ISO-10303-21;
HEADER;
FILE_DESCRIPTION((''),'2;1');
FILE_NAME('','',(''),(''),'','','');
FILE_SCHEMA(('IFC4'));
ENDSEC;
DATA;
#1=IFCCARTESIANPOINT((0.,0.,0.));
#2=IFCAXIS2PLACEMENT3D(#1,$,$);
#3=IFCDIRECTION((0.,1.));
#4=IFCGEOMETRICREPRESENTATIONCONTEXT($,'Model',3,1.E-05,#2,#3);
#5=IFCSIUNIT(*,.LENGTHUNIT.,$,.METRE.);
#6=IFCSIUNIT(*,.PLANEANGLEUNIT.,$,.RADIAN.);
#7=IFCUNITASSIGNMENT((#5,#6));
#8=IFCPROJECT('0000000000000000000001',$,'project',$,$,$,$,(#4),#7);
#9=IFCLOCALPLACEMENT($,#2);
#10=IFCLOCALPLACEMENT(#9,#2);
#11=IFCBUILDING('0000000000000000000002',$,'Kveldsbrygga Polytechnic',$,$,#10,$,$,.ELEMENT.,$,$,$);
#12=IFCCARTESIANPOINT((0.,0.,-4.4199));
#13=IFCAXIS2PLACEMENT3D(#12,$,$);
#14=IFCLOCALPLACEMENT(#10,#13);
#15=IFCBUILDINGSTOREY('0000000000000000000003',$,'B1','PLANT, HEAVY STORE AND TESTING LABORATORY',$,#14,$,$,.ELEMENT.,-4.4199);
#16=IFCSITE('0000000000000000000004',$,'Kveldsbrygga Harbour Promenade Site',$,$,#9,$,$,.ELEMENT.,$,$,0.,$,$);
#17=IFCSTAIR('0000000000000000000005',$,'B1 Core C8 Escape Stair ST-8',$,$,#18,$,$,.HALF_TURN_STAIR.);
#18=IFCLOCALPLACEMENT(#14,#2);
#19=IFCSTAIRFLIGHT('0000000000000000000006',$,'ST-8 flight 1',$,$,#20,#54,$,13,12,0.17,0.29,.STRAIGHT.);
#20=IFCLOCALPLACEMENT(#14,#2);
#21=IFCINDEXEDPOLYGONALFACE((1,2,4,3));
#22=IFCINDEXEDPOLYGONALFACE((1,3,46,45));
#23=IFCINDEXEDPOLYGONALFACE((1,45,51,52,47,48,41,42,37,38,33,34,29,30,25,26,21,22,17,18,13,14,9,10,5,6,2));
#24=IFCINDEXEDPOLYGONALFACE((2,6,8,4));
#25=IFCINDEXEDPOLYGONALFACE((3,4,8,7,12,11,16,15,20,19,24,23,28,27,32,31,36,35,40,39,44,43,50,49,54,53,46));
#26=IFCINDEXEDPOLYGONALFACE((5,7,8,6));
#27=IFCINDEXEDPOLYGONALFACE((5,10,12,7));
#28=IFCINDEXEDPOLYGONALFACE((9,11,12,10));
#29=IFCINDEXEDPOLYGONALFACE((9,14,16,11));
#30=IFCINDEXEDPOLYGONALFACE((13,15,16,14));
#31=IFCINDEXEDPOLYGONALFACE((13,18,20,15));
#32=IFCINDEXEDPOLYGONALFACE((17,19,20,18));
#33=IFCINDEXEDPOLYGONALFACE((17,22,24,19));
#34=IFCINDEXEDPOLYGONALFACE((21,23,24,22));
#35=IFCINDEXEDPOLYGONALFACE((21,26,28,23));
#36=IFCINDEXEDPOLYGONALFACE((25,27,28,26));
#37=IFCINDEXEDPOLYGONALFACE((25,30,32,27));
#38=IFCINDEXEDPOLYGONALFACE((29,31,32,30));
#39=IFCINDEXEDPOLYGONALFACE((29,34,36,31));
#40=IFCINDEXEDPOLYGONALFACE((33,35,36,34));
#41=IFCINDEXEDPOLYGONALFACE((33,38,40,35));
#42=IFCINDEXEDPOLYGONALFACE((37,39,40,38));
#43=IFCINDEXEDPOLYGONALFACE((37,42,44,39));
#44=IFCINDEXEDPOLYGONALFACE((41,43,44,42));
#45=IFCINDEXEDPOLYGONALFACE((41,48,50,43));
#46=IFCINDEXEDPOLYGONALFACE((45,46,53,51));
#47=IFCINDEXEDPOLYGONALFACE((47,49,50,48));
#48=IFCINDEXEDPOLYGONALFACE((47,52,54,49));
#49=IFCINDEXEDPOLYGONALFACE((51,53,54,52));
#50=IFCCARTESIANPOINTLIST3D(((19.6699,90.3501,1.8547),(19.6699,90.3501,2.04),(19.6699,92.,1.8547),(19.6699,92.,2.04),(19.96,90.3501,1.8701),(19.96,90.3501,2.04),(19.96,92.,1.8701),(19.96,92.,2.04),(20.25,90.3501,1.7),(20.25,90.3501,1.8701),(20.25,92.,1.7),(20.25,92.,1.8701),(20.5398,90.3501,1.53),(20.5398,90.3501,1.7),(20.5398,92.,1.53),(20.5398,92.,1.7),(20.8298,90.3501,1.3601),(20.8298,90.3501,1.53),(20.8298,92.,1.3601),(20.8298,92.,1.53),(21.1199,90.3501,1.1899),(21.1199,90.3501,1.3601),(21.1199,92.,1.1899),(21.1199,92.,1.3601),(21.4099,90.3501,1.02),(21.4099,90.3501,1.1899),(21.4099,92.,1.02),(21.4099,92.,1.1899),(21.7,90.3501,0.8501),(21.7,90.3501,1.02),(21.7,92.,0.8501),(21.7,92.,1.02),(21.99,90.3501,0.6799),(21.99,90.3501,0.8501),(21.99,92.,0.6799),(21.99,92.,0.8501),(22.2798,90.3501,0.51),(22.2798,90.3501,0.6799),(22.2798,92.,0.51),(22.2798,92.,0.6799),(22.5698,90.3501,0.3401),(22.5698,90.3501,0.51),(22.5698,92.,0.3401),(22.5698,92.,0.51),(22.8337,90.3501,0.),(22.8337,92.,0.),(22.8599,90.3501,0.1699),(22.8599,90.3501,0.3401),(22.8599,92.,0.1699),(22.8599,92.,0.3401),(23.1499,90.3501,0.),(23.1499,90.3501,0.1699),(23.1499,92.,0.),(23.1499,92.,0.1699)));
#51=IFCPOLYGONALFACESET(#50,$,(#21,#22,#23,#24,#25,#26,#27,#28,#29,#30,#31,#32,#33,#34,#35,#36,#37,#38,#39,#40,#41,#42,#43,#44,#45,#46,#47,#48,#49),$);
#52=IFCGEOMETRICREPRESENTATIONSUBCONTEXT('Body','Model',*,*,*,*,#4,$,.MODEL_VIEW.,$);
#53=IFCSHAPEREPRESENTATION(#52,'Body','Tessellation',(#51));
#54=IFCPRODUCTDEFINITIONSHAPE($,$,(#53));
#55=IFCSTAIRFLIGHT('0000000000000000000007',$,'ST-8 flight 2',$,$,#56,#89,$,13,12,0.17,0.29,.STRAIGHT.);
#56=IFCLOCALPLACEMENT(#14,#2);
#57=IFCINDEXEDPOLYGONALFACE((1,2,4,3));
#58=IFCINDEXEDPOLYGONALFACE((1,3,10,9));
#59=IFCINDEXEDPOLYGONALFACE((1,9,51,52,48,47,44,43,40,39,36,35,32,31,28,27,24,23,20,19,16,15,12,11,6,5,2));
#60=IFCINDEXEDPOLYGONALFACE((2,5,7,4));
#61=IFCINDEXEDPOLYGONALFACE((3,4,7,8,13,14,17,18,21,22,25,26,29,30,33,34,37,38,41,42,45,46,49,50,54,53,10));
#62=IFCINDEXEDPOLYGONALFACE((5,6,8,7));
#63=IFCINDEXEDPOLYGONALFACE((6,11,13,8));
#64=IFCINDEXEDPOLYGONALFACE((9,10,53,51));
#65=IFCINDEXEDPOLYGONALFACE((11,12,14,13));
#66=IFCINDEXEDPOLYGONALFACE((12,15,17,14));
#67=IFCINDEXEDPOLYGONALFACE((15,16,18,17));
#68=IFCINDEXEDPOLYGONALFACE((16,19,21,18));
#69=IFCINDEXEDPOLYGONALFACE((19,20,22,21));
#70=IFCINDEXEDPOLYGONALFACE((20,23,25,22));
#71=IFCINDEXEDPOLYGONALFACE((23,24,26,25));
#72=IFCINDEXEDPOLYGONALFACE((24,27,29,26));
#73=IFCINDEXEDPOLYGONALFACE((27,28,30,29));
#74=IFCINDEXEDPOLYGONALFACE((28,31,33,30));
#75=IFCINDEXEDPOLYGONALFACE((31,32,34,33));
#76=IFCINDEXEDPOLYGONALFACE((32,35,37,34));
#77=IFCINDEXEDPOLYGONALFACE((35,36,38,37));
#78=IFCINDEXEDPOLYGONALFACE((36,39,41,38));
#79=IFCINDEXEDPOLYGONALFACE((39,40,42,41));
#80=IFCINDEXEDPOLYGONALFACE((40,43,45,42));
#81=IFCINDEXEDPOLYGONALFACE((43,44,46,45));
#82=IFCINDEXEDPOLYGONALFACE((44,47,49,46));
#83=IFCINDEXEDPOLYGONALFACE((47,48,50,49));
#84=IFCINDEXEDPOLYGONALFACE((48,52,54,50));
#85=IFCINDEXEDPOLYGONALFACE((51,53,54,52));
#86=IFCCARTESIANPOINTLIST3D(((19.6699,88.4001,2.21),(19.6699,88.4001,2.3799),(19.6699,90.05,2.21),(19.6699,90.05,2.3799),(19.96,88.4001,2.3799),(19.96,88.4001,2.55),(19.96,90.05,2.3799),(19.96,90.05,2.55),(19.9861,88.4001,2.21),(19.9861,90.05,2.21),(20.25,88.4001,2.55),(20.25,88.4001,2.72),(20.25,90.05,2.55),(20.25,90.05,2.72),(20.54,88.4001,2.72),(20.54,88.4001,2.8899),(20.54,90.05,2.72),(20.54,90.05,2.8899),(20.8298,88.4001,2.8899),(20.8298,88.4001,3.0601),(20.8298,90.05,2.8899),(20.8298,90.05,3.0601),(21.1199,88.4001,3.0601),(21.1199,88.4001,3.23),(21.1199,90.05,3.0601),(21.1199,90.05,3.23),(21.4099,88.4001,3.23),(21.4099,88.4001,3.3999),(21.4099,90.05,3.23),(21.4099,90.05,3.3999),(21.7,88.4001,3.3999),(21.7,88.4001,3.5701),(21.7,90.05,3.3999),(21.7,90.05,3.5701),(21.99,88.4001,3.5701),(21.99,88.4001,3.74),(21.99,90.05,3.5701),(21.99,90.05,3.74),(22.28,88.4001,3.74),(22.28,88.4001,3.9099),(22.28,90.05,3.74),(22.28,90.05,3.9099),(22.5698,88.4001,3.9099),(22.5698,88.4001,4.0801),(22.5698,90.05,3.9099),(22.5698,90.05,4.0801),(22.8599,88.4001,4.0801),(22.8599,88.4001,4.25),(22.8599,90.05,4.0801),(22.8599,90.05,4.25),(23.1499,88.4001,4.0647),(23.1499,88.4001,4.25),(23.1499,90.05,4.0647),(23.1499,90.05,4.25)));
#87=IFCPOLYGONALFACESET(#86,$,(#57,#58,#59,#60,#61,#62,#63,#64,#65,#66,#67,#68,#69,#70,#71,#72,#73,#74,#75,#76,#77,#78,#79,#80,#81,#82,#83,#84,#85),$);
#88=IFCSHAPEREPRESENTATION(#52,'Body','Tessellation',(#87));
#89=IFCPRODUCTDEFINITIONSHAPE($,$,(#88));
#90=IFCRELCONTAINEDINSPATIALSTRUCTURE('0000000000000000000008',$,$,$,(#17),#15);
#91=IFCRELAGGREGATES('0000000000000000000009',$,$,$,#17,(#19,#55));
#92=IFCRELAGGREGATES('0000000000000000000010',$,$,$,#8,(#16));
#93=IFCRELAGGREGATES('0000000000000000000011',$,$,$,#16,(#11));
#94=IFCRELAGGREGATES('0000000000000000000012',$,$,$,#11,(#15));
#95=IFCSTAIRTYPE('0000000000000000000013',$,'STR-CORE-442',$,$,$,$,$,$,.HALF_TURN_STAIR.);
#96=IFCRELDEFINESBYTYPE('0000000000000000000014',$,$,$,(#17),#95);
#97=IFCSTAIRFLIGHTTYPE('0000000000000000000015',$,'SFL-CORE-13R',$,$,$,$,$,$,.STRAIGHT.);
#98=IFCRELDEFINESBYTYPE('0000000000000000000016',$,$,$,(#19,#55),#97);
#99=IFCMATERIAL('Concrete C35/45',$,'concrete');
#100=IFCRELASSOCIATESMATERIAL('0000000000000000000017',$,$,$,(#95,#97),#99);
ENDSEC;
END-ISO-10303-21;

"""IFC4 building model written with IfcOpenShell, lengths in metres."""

from ifc_helpers import new_model, si_unit, direction, frame, origin, place, context, subcontext, project, spatial, polyline, outline, extrude, material, type_object, element, aggregate, save


model = new_model("IFC4")

# Units and contexts
model_context = context("Model", 3, precision=1e-05, world=origin(), true_north=direction((0.0, 1.0)))
body_context = subcontext(model_context, "Body", "Model", "MODEL_VIEW")
ifc_project = project(units=[si_unit("LENGTHUNIT", "METRE"), si_unit("PLANEANGLEUNIT", "RADIAN")], contexts=[model_context])

# Site, building, storey
site_placement = place(None, origin())
site = spatial("IfcSite", under=ifc_project, at=site_placement, Name="Kveldsbrygga Harbour Promenade Site", CompositionType="ELEMENT", RefElevation=0.0)
building_placement = place(site_placement, origin())
building = spatial("IfcBuilding", under=site, at=building_placement, Name="Kveldsbrygga Polytechnic", CompositionType="ELEMENT")
storey_placement = place(building_placement, frame((0.0, 0.0, -4.4199)))
storey = spatial("IfcBuildingStorey", under=building, at=storey_placement, Name="B1", Description="PLANT, HEAVY STORE AND TESTING LABORATORY", CompositionType="ELEMENT", Elevation=-4.4199)

# Shared definitions
ifc_material_1 = material(Name="Concrete C35/45", Category="concrete")

# Stair, stair flights
stair_type = type_object("IfcStairType", Name="STR-CORE-442", PredefinedType="HALF_TURN_STAIR", material=ifc_material_1)
stair_placement = place(storey_placement, origin())
stair = element("IfcStair", 1, at=stair_placement, inside=storey, type_object=stair_type, Name="B1 Core C8 Escape Stair ST-8", PredefinedType="HALF_TURN_STAIR")
stair_flight_type = type_object("IfcStairFlightType", Name="SFL-CORE-13R", PredefinedType="STRAIGHT", material=ifc_material_1)
stair_flight_1_placement = place(storey_placement, frame((23.1499, 91.175, 0.0), z_axis=(0.0, 0.0, 1.0), x_axis=(-1.0, 0.0, 0.0)))
stair_flight_1 = element("IfcStairFlight", 2, at=stair_flight_1_placement, type_object=stair_flight_type, Name="ST-8 flight 1", NumberOfRisers=13, NumberOfTreads=12, PredefinedType="STRAIGHT", RiserHeight=0.17, TreadLength=0.29, context=body_context, shape_type="SweptSolid", body=[
    extrude(outline(polyline([(0.0, 0.0), (0.0, 0.1699), (0.29, 0.1699), (0.29, 0.3401), (0.5801, 0.3401), (0.5801, 0.51), (0.8701, 0.51), (0.8701, 0.6799), (1.1599, 0.6799), (1.1599, 0.8501), (1.45, 0.8501), (1.45, 1.02), (1.74, 1.02), (1.74, 1.1899), (2.03, 1.1899), (2.03, 1.3601), (2.3201, 1.3601), (2.3201, 1.53), (2.6101, 1.53), (2.6101, 1.7), (2.8999, 1.7), (2.8999, 1.8701), (3.1899, 1.8701), (3.1899, 2.04), (3.48, 2.04), (3.48, 2.21), (3.48, 1.8547), (0.3162, 0.0), (0.0, 0.0)])), frame((0.0, 0.825, 0.0), z_axis=(0.0, -1.0, 0.0), x_axis=(1.0, 0.0, 0.0)), (0.0, 0.0, 1.0), 1.6499),
])
stair_flight_2_placement = place(storey_placement, frame((19.6699, 89.2251, 2.21), z_axis=(0.0, 0.0, 1.0), x_axis=(1.0, 0.0, 0.0)))
stair_flight_2 = element("IfcStairFlight", 3, at=stair_flight_2_placement, type_object=stair_flight_type, Name="ST-8 flight 2", NumberOfRisers=13, NumberOfTreads=12, PredefinedType="STRAIGHT", RiserHeight=0.17, TreadLength=0.29, context=body_context, shape_type="SweptSolid", body=[
    extrude(outline(polyline([(0.0, 0.0), (0.0, 0.1699), (0.29, 0.1699), (0.29, 0.3401), (0.5801, 0.3401), (0.5801, 0.51), (0.8701, 0.51), (0.8701, 0.6799), (1.1599, 0.6799), (1.1599, 0.8501), (1.45, 0.8501), (1.45, 1.02), (1.74, 1.02), (1.74, 1.1899), (2.03, 1.1899), (2.03, 1.3601), (2.3201, 1.3601), (2.3201, 1.53), (2.6101, 1.53), (2.6101, 1.7), (2.8999, 1.7), (2.8999, 1.8701), (3.1899, 1.8701), (3.1899, 2.04), (3.48, 2.04), (3.48, 2.21), (3.48, 1.8547), (0.3162, 0.0), (0.0, 0.0)])), frame((0.0, 0.825, 0.0), z_axis=(0.0, -1.0, 0.0), x_axis=(1.0, 0.0, 0.0)), (0.0, 0.0, 1.0), 1.6499),
])
aggregate(stair, [stair_flight_1, stair_flight_2])

save(model, "model.ifc")
